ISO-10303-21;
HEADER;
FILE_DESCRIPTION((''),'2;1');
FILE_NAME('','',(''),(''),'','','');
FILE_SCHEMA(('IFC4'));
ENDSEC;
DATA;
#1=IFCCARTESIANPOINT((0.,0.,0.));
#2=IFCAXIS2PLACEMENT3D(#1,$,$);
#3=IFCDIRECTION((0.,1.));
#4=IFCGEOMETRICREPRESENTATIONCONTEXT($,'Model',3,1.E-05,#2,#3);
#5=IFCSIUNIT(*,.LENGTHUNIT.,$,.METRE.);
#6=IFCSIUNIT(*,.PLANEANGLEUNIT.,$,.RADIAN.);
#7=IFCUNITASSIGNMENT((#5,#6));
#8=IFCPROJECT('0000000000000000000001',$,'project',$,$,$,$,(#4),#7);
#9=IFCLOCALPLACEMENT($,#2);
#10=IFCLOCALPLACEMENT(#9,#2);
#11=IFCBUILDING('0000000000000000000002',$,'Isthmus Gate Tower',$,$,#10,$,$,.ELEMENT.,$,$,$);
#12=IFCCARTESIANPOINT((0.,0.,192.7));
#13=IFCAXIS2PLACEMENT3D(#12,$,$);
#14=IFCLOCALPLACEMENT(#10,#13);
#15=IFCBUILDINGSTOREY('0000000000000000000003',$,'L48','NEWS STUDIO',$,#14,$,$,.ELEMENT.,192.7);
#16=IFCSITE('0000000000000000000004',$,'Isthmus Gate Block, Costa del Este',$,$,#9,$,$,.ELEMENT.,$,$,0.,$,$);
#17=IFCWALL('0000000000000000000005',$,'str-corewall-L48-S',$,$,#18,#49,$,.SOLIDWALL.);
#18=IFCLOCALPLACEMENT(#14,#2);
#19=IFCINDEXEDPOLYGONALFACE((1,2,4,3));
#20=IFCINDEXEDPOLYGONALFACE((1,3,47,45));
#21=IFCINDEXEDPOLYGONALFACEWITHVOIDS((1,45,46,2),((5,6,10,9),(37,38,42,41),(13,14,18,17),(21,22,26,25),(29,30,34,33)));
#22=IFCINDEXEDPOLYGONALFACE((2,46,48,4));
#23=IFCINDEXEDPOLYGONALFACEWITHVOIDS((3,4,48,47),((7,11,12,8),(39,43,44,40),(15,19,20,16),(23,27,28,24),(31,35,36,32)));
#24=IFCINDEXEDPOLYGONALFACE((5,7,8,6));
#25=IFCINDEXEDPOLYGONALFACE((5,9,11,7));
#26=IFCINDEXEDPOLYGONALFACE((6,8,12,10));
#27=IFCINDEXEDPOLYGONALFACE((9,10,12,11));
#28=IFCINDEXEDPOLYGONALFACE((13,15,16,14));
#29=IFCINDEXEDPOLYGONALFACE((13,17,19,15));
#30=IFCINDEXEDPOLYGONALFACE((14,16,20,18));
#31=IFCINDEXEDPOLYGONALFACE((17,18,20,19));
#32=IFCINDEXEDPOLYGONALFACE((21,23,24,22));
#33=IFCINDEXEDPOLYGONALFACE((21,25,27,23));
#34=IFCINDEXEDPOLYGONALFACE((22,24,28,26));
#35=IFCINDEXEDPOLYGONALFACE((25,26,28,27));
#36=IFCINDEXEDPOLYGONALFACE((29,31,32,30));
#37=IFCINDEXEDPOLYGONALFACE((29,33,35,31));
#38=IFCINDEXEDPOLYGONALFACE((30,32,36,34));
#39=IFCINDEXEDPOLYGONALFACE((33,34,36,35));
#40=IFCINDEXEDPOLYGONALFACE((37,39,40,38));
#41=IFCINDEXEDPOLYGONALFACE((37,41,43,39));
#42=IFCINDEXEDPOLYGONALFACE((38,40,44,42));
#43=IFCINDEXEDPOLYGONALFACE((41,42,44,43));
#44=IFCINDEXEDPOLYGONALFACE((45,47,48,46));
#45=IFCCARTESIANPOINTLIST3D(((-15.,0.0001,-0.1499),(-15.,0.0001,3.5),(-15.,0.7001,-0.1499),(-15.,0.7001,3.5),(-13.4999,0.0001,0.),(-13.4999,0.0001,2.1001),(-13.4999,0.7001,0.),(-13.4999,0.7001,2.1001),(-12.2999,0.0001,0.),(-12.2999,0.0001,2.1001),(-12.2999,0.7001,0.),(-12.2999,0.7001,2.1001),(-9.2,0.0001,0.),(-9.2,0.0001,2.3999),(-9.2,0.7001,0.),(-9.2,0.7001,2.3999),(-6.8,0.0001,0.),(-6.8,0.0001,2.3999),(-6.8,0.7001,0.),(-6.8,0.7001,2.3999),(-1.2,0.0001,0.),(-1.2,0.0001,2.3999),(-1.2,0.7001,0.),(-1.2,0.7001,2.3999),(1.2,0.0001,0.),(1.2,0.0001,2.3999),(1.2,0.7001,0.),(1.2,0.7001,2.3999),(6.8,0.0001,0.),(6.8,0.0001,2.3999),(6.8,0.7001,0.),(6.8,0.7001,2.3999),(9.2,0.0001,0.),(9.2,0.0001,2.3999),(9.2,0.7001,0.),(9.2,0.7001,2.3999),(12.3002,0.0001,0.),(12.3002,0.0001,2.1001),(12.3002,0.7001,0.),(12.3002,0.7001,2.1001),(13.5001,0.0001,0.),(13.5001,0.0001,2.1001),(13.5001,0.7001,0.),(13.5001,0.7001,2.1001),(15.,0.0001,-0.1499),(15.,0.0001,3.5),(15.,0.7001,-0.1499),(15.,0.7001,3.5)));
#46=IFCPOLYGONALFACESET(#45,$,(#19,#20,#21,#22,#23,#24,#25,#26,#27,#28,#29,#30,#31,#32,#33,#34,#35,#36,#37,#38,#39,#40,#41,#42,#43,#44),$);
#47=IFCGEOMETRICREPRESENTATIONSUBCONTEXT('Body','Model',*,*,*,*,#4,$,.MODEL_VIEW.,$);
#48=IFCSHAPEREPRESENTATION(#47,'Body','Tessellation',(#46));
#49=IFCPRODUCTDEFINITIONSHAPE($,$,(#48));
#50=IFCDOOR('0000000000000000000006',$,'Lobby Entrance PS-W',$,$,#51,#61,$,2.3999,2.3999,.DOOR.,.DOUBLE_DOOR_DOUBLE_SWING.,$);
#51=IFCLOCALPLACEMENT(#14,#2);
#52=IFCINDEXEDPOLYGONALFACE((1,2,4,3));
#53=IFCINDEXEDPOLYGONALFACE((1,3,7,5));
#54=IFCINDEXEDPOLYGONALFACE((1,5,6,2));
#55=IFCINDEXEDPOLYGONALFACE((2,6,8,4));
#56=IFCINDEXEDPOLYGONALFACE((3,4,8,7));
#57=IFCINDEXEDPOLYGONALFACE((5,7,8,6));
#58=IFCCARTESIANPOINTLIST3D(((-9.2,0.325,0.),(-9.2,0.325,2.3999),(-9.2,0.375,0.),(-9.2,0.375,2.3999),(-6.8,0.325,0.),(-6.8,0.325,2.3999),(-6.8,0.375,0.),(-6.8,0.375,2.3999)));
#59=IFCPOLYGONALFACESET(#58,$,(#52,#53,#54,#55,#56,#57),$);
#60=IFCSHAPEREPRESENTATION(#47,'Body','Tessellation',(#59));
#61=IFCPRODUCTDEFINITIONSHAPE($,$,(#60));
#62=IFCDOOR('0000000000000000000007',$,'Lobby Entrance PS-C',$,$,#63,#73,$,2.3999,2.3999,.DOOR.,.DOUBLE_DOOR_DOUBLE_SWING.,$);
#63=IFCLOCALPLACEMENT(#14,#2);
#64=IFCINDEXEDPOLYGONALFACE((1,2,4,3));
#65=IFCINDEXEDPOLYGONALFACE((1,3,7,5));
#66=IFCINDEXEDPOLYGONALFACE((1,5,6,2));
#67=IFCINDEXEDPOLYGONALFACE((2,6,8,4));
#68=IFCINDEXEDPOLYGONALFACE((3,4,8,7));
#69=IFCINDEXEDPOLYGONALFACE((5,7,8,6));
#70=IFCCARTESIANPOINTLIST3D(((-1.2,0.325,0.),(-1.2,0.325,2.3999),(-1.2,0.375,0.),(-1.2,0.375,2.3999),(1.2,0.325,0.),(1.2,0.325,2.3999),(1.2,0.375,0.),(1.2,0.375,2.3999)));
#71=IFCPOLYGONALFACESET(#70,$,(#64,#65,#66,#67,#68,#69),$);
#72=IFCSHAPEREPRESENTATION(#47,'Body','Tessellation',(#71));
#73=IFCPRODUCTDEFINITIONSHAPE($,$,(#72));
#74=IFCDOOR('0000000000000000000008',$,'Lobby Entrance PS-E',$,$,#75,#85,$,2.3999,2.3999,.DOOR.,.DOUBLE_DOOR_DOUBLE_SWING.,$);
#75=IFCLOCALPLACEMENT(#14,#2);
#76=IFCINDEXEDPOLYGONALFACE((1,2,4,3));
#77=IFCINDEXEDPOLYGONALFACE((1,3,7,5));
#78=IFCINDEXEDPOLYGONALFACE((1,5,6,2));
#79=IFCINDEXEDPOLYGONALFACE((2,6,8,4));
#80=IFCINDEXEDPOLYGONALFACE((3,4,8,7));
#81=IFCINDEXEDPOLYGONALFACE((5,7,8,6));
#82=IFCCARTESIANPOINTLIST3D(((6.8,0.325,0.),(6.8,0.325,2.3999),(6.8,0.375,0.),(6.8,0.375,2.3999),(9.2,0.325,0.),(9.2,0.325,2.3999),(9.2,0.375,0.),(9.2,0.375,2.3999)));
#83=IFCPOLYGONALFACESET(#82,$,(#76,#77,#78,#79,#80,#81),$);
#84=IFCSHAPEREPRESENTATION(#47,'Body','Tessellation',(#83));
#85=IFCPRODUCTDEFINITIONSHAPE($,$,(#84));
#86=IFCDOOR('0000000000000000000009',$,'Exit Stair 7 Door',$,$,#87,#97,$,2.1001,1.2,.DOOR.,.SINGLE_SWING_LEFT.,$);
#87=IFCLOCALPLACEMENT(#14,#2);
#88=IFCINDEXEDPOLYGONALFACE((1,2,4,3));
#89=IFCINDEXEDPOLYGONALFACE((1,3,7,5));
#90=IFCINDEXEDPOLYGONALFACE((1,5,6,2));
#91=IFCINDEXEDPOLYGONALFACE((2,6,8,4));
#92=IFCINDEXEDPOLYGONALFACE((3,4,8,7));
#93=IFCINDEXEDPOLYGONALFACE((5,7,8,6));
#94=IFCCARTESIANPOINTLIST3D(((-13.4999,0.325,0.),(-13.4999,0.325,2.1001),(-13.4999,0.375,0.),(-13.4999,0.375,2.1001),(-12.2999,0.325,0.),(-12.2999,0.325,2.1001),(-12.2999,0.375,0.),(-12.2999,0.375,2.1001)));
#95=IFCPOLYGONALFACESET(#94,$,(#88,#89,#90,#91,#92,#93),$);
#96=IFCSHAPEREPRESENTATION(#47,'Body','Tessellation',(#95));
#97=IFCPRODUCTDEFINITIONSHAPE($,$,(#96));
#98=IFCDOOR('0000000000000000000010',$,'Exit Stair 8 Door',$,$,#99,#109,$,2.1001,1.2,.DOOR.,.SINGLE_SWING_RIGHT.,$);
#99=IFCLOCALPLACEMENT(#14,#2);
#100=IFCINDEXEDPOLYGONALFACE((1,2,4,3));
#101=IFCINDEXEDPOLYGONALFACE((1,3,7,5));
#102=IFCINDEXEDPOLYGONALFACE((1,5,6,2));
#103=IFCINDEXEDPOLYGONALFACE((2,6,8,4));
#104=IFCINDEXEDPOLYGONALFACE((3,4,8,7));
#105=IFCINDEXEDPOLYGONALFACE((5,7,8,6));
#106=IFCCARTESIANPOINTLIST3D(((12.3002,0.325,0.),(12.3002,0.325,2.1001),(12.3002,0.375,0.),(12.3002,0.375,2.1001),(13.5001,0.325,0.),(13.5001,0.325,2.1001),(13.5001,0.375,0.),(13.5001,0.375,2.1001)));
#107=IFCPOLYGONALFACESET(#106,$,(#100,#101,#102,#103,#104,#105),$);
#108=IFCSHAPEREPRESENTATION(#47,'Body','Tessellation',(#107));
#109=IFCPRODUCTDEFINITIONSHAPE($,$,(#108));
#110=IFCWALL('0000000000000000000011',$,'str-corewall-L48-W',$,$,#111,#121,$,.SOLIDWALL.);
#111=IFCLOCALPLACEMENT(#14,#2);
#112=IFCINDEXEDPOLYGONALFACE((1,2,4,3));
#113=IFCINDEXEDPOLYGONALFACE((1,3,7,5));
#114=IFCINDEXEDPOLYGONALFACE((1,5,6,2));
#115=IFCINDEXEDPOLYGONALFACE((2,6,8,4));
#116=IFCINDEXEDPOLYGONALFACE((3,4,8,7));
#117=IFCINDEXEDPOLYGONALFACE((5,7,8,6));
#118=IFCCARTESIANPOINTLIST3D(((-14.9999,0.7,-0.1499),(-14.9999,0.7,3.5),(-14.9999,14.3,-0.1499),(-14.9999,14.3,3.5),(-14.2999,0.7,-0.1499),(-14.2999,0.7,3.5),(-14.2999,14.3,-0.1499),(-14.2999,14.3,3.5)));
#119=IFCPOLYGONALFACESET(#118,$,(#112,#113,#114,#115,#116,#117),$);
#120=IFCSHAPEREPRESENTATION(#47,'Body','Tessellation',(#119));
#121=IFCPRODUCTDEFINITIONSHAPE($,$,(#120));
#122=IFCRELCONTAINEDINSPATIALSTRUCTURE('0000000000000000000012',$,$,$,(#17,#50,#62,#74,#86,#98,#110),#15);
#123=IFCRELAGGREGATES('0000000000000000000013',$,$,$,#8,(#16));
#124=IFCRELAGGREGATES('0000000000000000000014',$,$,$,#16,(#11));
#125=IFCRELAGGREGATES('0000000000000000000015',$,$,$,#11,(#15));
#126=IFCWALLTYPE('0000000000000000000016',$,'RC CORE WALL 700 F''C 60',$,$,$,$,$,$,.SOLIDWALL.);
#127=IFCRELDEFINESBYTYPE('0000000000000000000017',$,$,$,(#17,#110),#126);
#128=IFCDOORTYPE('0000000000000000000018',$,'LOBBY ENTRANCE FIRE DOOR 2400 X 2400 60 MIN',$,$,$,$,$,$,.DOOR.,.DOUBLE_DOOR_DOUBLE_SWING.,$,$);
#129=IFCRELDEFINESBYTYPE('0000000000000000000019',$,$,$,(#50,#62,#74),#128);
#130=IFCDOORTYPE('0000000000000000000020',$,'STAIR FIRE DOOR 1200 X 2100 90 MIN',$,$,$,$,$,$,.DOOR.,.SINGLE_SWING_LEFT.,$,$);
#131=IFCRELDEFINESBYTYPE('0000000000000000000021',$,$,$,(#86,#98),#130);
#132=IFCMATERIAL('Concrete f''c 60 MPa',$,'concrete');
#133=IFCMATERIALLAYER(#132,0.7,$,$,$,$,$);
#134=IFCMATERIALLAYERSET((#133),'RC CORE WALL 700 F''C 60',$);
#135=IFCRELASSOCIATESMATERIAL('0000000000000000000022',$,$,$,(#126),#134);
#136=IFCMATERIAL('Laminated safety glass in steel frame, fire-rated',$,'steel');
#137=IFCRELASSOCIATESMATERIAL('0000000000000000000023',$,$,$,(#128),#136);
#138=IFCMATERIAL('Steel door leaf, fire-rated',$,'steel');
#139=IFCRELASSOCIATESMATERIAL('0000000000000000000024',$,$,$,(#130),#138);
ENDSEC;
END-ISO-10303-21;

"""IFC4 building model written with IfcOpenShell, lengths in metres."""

from ifc_helpers import new_model, si_unit, direction, frame, frame_2d, origin, place, context, subcontext, project, spatial, rectangle, extrude, material, layer, layer_set, type_object, element, fill, save


model = new_model("IFC4")

# Units and contexts
model_context = context("Model", 3, precision=1e-05, world=origin(), true_north=direction((0.0, 1.0)))
body_context = subcontext(model_context, "Body", "Model", "MODEL_VIEW")
ifc_project = project(units=[si_unit("LENGTHUNIT", "METRE"), si_unit("PLANEANGLEUNIT", "RADIAN")], contexts=[model_context])

# Site, building, storey
site_placement = place(None, origin())
site = spatial("IfcSite", under=ifc_project, at=site_placement, Name="Isthmus Gate Block, Costa del Este", CompositionType="ELEMENT", RefElevation=0.0)
building_placement = place(site_placement, origin())
building = spatial("IfcBuilding", under=site, at=building_placement, Name="Isthmus Gate Tower", CompositionType="ELEMENT")
storey_placement = place(building_placement, frame((0.0, 0.0, 192.7)))
storey = spatial("IfcBuildingStorey", under=building, at=storey_placement, Name="L48", Description="NEWS STUDIO", CompositionType="ELEMENT", Elevation=192.7)

# Wall, openings, doors
ifc_material_1 = material(Name="Concrete f'c 60 MPa", Category="concrete")
ifc_layer_1 = layer(ifc_material_1, 0.7)
ifc_layer_set_1 = layer_set([ifc_layer_1], Name="RC CORE WALL 700 F'C 60")
wall_type_1 = type_object("IfcWallType", Name="RC CORE WALL 700 F'C 60", PredefinedType="SOLIDWALL", material=ifc_layer_set_1)
wall_1_placement = place(storey_placement, frame((-15.0, 0.3501, -0.1499), z_axis=(0.0, 0.0, 1.0), x_axis=(1.0, 0.0, 0.0)))
wall_1 = element("IfcWall", 1, at=wall_1_placement, inside=storey, type_object=wall_type_1, Name="str-corewall-L48-S", PredefinedType="SOLIDWALL", context=body_context, shape_type="SweptSolid", body=[
    extrude(rectangle(XDim=30.0, YDim=0.7, at=frame_2d((15.0, 0.0))), origin(), (0.0, 0.0, 1.0), 3.6499),
])
opening_1_placement = place(wall_1_placement, frame((5.8, 0.0, 0.1499)))
opening_1 = element("IfcOpeningElement", 2, at=opening_1_placement, cuts=wall_1, PredefinedType="OPENING", context=body_context, shape_type="SweptSolid", body=[
    extrude(rectangle(XDim=2.3999, YDim=2.3999, at=frame_2d((1.2, 1.2))), frame((0.0, 0.3599, 0.0), z_axis=(0.0, -1.0, 0.0), x_axis=(1.0, 0.0, 0.0)), (0.0, 0.0, 1.0), 0.72),
])
opening_2_placement = place(wall_1_placement, frame((13.8, 0.0, 0.1499)))
opening_2 = element("IfcOpeningElement", 3, at=opening_2_placement, cuts=wall_1, PredefinedType="OPENING", context=body_context, shape_type="SweptSolid", body=[
    extrude(rectangle(XDim=2.3999, YDim=2.3999, at=frame_2d((1.2, 1.2))), frame((0.0, 0.3599, 0.0), z_axis=(0.0, -1.0, 0.0), x_axis=(1.0, 0.0, 0.0)), (0.0, 0.0, 1.0), 0.72),
])
opening_3_placement = place(wall_1_placement, frame((21.8, 0.0, 0.1499)))
opening_3 = element("IfcOpeningElement", 4, at=opening_3_placement, cuts=wall_1, PredefinedType="OPENING", context=body_context, shape_type="SweptSolid", body=[
    extrude(rectangle(XDim=2.3999, YDim=2.3999, at=frame_2d((1.2, 1.2))), frame((0.0, 0.3599, 0.0), z_axis=(0.0, -1.0, 0.0), x_axis=(1.0, 0.0, 0.0)), (0.0, 0.0, 1.0), 0.72),
])
opening_4_placement = place(wall_1_placement, frame((1.5, 0.0, 0.1499)))
opening_4 = element("IfcOpeningElement", 5, at=opening_4_placement, cuts=wall_1, PredefinedType="OPENING", context=body_context, shape_type="SweptSolid", body=[
    extrude(rectangle(XDim=1.2, YDim=2.1001, at=frame_2d((0.6001, 1.05))), frame((0.0, 0.3599, 0.0), z_axis=(0.0, -1.0, 0.0), x_axis=(1.0, 0.0, 0.0)), (0.0, 0.0, 1.0), 0.72),
])
opening_5_placement = place(wall_1_placement, frame((27.3, 0.0, 0.1499)))
opening_5 = element("IfcOpeningElement", 6, at=opening_5_placement, cuts=wall_1, PredefinedType="OPENING", context=body_context, shape_type="SweptSolid", body=[
    extrude(rectangle(XDim=1.2, YDim=2.1001, at=frame_2d((0.6001, 1.05))), frame((0.0, 0.3599, 0.0), z_axis=(0.0, -1.0, 0.0), x_axis=(1.0, 0.0, 0.0)), (0.0, 0.0, 1.0), 0.72),
])
ifc_material_2 = material(Name="Laminated safety glass in steel frame, fire-rated", Category="steel")
door_type_1 = type_object("IfcDoorType", Name="LOBBY ENTRANCE FIRE DOOR 2400 X 2400 60 MIN", OperationType="DOUBLE_DOOR_DOUBLE_SWING", PredefinedType="DOOR", material=ifc_material_2)
door_1_placement = place(opening_1_placement, origin())
door_1 = element("IfcDoor", 7, at=door_1_placement, inside=storey, type_object=door_type_1, Name="Lobby Entrance PS-W", OperationType="DOUBLE_DOOR_DOUBLE_SWING", OverallHeight=2.3999, OverallWidth=2.3999, PredefinedType="DOOR", context=body_context, shape_type="SweptSolid", body=[
    extrude(rectangle(XDim=2.3999, YDim=2.3999, at=frame_2d((1.2, 1.2))), frame((0.0, 0.0249, 0.0), z_axis=(0.0, -1.0, 0.0), x_axis=(1.0, 0.0, 0.0)), (0.0, 0.0, 1.0), 0.05),
])
fill(opening_1, door_1)
door_2_placement = place(opening_2_placement, origin())
door_2 = element("IfcDoor", 8, at=door_2_placement, inside=storey, type_object=door_type_1, Name="Lobby Entrance PS-C", OperationType="DOUBLE_DOOR_DOUBLE_SWING", OverallHeight=2.3999, OverallWidth=2.3999, PredefinedType="DOOR", context=body_context, shape_type="SweptSolid", body=[
    extrude(rectangle(XDim=2.3999, YDim=2.3999, at=frame_2d((1.2, 1.2))), frame((0.0, 0.0249, 0.0), z_axis=(0.0, -1.0, 0.0), x_axis=(1.0, 0.0, 0.0)), (0.0, 0.0, 1.0), 0.05),
])
fill(opening_2, door_2)
door_3_placement = place(opening_3_placement, origin())
door_3 = element("IfcDoor", 9, at=door_3_placement, inside=storey, type_object=door_type_1, Name="Lobby Entrance PS-E", OperationType="DOUBLE_DOOR_DOUBLE_SWING", OverallHeight=2.3999, OverallWidth=2.3999, PredefinedType="DOOR", context=body_context, shape_type="SweptSolid", body=[
    extrude(rectangle(XDim=2.3999, YDim=2.3999, at=frame_2d((1.2, 1.2))), frame((0.0, 0.0249, 0.0), z_axis=(0.0, -1.0, 0.0), x_axis=(1.0, 0.0, 0.0)), (0.0, 0.0, 1.0), 0.05),
])
fill(opening_3, door_3)
ifc_material_3 = material(Name="Steel door leaf, fire-rated", Category="steel")
door_type_2 = type_object("IfcDoorType", Name="STAIR FIRE DOOR 1200 X 2100 90 MIN", OperationType="SINGLE_SWING_LEFT", PredefinedType="DOOR", material=ifc_material_3)
door_4_placement = place(opening_4_placement, origin())
door_4 = element("IfcDoor", 10, at=door_4_placement, inside=storey, type_object=door_type_2, Name="Exit Stair 7 Door", OperationType="SINGLE_SWING_LEFT", OverallHeight=2.1001, OverallWidth=1.2, PredefinedType="DOOR", context=body_context, shape_type="SweptSolid", body=[
    extrude(rectangle(XDim=1.2, YDim=2.1001, at=frame_2d((0.6001, 1.05))), frame((0.0, 0.0249, 0.0), z_axis=(0.0, -1.0, 0.0), x_axis=(1.0, 0.0, 0.0)), (0.0, 0.0, 1.0), 0.05),
])
fill(opening_4, door_4)
door_5_placement = place(opening_5_placement, origin())
door_5 = element("IfcDoor", 11, at=door_5_placement, inside=storey, type_object=door_type_2, Name="Exit Stair 8 Door", OperationType="SINGLE_SWING_RIGHT", OverallHeight=2.1001, OverallWidth=1.2, PredefinedType="DOOR", context=body_context, shape_type="SweptSolid", body=[
    extrude(rectangle(XDim=1.2, YDim=2.1001, at=frame_2d((0.6001, 1.05))), frame((0.0, 0.0249, 0.0), z_axis=(0.0, -1.0, 0.0), x_axis=(1.0, 0.0, 0.0)), (0.0, 0.0, 1.0), 0.05),
])
fill(opening_5, door_5)

# Wall
wall_2_placement = place(storey_placement, frame((-14.6499, 0.7, -0.1499), z_axis=(0.0, 0.0, 1.0), x_axis=(0.0, 1.0, 0.0)))
element("IfcWall", 12, at=wall_2_placement, inside=storey, type_object=wall_type_1, Name="str-corewall-L48-W", PredefinedType="SOLIDWALL", context=body_context, shape_type="SweptSolid", body=[
    extrude(rectangle(XDim=13.6001, YDim=0.7, at=frame_2d((6.8, 0.0))), origin(), (0.0, 0.0, 1.0), 3.6499),
])

save(model, "model.ifc")
